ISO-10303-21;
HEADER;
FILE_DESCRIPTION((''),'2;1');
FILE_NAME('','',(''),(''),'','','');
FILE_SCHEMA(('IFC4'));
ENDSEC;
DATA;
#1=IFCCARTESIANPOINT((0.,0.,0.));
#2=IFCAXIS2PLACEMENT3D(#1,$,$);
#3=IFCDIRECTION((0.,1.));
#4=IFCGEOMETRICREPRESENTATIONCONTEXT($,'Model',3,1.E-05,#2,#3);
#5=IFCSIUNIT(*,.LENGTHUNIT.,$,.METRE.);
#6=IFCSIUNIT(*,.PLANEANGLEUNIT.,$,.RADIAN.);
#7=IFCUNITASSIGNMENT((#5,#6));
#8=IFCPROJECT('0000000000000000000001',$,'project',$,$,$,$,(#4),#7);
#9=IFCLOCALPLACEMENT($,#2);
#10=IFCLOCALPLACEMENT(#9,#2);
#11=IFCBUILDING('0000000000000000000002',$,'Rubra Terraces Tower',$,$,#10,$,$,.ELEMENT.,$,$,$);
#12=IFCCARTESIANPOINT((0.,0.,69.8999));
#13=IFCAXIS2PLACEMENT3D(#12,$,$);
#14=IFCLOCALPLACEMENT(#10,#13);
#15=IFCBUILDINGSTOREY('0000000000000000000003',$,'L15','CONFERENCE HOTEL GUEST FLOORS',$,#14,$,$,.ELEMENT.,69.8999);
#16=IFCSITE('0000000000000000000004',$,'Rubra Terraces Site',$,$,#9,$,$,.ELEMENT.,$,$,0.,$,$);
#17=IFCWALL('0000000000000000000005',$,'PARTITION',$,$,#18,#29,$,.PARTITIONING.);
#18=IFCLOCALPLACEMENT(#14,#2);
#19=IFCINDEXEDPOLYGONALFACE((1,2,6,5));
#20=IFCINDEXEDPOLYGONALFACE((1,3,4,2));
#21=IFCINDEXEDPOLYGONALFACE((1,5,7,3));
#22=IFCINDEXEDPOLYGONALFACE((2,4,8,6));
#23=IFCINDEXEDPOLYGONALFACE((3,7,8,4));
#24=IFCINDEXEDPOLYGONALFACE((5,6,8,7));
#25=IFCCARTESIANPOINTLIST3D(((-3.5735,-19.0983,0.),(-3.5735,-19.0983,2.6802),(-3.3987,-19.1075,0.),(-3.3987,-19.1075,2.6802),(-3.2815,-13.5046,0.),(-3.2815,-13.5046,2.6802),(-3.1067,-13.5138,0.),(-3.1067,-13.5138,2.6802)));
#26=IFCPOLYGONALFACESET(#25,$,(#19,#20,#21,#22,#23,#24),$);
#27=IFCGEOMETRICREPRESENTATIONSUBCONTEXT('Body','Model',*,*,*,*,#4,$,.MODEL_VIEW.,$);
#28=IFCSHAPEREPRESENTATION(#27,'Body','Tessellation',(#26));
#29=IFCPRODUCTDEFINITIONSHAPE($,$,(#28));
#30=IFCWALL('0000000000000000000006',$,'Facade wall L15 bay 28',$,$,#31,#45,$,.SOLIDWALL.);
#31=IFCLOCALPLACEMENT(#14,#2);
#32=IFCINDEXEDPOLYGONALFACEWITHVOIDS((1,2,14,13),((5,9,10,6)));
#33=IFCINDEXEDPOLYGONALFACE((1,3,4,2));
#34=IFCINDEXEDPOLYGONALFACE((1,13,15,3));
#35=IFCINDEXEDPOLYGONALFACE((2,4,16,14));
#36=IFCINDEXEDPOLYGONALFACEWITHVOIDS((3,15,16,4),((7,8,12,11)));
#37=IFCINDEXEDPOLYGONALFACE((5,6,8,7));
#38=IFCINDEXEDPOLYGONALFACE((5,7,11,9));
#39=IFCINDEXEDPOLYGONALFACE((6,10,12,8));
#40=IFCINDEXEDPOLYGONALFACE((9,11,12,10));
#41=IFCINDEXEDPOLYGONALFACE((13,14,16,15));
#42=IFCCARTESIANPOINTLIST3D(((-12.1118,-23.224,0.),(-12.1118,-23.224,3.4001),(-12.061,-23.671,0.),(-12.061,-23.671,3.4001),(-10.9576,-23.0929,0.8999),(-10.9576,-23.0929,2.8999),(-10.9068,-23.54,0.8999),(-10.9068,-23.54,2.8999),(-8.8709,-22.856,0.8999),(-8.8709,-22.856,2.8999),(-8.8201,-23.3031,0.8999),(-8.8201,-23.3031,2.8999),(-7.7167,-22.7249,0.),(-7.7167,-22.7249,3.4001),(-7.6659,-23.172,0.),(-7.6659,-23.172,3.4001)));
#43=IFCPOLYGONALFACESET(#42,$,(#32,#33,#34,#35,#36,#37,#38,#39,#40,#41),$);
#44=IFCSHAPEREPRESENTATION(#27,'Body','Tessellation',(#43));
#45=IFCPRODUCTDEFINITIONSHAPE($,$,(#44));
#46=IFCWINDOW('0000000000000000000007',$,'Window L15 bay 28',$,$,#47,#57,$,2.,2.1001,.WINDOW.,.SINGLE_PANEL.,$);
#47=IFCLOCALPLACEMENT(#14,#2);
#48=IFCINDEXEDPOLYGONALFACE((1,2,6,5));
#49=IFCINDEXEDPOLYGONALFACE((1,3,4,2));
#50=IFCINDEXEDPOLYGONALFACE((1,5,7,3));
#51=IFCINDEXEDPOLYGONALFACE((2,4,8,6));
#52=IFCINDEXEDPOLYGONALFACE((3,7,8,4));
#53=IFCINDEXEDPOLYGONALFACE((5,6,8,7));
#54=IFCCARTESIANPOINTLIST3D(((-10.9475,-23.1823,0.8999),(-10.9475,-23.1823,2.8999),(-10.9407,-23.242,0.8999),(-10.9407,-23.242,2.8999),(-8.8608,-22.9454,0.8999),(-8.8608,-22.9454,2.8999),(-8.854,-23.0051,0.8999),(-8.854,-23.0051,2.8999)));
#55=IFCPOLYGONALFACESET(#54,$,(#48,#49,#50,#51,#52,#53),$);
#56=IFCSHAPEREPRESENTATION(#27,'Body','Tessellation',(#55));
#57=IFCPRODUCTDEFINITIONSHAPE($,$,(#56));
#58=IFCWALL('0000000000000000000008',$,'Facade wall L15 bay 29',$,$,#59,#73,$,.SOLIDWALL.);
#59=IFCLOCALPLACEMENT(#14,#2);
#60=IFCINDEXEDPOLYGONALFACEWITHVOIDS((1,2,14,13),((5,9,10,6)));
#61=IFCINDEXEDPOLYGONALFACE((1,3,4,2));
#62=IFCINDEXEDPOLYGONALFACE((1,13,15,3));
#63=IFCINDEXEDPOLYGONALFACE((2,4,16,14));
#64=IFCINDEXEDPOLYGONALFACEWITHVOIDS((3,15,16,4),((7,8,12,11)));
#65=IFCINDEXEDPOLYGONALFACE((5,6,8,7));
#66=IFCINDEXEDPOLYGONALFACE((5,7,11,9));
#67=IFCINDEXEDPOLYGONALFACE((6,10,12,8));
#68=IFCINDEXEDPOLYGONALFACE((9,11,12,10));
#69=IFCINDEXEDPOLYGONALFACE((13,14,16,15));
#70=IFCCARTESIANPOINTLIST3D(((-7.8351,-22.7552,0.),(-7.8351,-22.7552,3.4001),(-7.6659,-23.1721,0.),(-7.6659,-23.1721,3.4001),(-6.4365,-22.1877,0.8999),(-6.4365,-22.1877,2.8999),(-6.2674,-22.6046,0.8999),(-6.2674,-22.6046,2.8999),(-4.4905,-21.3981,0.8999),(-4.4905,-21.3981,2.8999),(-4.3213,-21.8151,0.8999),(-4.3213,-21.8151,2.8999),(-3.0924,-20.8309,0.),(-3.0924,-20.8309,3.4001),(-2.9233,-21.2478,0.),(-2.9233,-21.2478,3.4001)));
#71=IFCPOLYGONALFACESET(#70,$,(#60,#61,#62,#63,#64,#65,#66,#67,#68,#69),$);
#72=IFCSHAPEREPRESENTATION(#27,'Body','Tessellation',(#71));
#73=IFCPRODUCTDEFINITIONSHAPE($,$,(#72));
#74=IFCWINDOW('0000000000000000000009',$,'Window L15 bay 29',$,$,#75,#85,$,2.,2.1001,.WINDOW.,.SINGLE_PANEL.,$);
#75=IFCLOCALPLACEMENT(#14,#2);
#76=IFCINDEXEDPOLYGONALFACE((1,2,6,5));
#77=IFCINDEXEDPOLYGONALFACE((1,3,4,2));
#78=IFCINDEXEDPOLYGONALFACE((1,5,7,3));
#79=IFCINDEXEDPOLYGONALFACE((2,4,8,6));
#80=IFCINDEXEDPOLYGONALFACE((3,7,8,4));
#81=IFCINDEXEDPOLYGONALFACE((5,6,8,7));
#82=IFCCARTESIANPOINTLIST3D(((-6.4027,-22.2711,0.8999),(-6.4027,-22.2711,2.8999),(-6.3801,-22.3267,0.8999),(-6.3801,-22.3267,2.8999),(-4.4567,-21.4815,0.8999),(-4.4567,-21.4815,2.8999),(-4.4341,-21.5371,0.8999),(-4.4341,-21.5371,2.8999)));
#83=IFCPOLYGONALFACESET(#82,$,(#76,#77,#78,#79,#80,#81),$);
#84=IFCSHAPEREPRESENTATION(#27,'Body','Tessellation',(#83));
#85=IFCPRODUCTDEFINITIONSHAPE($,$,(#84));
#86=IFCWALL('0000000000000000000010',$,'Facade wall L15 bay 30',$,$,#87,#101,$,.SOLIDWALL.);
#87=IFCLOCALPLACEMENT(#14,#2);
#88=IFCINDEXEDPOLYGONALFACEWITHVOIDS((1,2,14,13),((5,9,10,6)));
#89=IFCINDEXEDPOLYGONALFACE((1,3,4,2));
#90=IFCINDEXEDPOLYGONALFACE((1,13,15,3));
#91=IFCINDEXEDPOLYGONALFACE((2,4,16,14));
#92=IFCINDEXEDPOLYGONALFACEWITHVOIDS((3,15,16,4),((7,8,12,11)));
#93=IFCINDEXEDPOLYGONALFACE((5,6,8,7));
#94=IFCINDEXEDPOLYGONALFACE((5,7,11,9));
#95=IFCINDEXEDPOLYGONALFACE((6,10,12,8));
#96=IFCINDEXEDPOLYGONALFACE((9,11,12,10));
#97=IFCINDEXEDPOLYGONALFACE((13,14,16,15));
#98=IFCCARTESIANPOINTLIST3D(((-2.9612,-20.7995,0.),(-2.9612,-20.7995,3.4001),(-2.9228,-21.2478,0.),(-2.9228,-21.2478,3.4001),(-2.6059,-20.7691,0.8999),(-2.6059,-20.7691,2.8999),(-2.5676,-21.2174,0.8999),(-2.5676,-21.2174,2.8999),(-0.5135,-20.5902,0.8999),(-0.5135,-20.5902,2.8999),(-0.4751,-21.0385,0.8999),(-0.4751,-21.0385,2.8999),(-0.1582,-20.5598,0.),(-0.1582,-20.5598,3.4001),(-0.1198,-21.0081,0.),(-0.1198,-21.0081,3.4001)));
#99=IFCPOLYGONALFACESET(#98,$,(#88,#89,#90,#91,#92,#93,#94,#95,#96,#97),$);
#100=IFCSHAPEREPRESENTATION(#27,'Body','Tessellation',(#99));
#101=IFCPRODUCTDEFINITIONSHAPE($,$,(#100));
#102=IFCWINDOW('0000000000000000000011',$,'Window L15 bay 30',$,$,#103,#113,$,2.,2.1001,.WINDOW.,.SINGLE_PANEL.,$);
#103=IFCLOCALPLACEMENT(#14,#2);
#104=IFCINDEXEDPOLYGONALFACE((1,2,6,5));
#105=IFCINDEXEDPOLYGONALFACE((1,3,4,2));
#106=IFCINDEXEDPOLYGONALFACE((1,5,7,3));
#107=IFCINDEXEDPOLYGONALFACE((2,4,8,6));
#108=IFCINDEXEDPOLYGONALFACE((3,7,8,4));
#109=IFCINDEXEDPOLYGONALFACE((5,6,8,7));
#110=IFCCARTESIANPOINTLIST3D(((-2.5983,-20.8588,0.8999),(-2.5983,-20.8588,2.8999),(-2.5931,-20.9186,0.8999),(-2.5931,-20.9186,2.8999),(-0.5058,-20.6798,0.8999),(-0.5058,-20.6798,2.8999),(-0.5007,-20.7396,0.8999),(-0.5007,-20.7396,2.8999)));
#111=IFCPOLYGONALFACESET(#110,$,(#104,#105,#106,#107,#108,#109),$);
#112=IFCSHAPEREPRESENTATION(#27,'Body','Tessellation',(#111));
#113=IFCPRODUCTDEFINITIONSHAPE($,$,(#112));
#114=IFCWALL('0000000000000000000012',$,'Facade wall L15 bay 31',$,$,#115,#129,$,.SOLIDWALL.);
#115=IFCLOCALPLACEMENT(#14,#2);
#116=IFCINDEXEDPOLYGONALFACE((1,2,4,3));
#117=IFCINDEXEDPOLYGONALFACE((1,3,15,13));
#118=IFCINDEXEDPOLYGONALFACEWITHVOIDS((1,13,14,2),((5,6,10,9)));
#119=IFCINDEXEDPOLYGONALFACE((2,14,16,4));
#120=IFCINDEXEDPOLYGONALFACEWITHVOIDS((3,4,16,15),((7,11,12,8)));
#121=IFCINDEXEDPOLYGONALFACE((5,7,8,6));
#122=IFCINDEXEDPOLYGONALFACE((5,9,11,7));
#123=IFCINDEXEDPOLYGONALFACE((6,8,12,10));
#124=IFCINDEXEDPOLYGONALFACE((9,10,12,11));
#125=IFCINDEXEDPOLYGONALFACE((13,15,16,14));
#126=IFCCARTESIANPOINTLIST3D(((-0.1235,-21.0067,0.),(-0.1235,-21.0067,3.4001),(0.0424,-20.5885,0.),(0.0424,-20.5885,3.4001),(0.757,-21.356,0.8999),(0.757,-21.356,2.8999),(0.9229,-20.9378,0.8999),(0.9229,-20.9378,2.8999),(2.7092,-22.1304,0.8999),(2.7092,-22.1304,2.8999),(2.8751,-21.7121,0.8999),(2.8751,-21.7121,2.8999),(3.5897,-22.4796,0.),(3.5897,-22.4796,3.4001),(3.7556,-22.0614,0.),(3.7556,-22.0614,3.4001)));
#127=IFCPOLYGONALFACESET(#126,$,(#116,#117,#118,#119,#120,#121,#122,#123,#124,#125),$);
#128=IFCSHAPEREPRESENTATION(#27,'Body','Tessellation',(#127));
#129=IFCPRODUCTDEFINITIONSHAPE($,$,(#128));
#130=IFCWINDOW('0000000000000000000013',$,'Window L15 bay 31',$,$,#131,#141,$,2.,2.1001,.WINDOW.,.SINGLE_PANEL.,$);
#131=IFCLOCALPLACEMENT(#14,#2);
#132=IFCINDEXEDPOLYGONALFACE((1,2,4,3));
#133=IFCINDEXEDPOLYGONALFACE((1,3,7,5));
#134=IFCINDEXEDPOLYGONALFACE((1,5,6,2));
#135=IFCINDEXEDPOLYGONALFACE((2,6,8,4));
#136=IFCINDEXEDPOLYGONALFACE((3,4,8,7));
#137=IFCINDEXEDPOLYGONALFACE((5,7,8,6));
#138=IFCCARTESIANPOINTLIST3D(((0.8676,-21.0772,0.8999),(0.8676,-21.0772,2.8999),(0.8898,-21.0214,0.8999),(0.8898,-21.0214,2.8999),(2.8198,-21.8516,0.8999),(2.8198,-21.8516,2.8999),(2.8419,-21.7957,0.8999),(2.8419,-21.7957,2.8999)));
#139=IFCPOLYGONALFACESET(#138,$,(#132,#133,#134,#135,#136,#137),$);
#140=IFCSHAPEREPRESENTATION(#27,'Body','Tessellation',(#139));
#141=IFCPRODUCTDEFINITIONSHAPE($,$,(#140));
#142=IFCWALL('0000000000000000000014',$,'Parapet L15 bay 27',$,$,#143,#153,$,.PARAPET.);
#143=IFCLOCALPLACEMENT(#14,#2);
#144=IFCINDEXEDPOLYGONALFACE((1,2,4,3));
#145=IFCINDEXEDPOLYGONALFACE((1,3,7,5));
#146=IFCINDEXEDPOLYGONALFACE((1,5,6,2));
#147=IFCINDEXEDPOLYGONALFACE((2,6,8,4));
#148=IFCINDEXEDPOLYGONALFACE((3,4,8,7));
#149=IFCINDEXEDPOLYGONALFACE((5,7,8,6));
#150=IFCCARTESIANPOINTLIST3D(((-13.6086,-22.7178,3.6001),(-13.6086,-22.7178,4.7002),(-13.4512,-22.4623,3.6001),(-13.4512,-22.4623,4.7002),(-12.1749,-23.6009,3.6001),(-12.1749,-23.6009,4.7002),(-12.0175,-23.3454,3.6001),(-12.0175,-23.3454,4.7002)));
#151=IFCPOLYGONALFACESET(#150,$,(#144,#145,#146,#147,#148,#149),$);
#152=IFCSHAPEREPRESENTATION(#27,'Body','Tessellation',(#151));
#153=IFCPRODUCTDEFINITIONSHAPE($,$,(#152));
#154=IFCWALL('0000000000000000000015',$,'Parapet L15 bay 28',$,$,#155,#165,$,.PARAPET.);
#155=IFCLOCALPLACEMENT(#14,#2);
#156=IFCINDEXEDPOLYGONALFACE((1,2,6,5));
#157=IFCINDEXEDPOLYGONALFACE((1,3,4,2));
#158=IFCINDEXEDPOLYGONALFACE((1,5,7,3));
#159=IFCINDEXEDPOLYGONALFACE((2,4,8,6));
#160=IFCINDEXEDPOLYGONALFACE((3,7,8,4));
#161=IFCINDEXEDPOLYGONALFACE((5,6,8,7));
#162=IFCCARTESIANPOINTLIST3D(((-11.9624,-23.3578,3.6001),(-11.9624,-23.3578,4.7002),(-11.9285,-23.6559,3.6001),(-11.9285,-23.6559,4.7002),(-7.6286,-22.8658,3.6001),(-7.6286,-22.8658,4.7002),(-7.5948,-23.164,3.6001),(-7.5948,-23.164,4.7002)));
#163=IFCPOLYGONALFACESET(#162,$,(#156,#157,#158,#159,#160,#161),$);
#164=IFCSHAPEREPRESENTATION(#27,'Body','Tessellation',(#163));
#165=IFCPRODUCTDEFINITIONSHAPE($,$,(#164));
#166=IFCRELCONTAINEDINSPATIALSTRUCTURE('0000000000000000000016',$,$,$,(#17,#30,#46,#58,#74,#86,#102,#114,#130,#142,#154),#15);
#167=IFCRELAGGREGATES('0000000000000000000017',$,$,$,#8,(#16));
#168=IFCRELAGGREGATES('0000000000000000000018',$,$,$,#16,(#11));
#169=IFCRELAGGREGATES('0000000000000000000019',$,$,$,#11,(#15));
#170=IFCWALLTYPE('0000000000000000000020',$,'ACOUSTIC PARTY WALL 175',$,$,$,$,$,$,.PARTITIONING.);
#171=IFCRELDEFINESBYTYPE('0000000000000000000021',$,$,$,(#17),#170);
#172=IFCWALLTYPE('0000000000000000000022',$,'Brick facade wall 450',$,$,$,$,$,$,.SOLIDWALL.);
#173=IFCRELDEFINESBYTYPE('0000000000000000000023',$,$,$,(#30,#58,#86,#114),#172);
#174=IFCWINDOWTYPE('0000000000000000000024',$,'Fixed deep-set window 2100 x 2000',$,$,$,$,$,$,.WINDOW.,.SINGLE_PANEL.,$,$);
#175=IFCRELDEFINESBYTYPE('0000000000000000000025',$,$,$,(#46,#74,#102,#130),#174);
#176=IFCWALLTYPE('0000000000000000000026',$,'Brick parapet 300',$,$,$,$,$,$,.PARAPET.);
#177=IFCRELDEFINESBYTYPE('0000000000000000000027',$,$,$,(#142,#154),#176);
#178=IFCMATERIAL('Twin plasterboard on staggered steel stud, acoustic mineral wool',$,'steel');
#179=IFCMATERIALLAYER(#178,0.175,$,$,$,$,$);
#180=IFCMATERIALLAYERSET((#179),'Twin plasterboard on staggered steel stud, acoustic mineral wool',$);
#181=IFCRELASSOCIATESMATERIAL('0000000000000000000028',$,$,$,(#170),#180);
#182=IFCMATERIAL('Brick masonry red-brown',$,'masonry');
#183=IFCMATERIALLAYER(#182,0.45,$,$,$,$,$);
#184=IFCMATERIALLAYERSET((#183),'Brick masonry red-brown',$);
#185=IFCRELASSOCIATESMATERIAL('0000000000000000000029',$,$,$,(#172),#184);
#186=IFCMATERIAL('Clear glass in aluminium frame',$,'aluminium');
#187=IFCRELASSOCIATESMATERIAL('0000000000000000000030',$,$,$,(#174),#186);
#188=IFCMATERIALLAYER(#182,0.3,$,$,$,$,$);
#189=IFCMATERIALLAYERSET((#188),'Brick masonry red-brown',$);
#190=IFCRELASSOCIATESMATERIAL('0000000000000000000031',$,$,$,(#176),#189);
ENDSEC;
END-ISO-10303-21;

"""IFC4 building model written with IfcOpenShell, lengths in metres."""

from ifc_helpers import new_model, si_unit, direction, frame, frame_2d, origin, place, context, subcontext, project, spatial, rectangle, extrude, material, layer, layer_set, type_object, element, fill, save


model = new_model("IFC4")

# Units and contexts
model_context = context("Model", 3, precision=1e-05, world=origin(), true_north=direction((0.0, 1.0)))
body_context = subcontext(model_context, "Body", "Model", "MODEL_VIEW")
ifc_project = project(units=[si_unit("LENGTHUNIT", "METRE"), si_unit("PLANEANGLEUNIT", "RADIAN")], contexts=[model_context])

# Site, building, storey
site_placement = place(None, origin())
site = spatial("IfcSite", under=ifc_project, at=site_placement, Name="Rubra Terraces Site", CompositionType="ELEMENT", RefElevation=0.0)
building_placement = place(site_placement, origin())
building = spatial("IfcBuilding", under=site, at=building_placement, Name="Rubra Terraces Tower", CompositionType="ELEMENT")
storey_placement = place(building_placement, frame((0.0, 0.0, 69.8999)))
storey = spatial("IfcBuildingStorey", under=building, at=storey_placement, Name="L15", Description="CONFERENCE HOTEL GUEST FLOORS", CompositionType="ELEMENT", Elevation=69.8999)

# Wall
ifc_material_1 = material(Name="Twin plasterboard on staggered steel stud, acoustic mineral wool", Category="steel")
ifc_layer_1 = layer(ifc_material_1, 0.175)
ifc_layer_set_1 = layer_set([ifc_layer_1], Name="Twin plasterboard on staggered steel stud, acoustic mineral wool")
wall_type_1 = type_object("IfcWallType", Name="ACOUSTIC PARTY WALL 175", PredefinedType="PARTITIONING", material=ifc_layer_set_1)
wall_1_placement = place(storey_placement, frame((-3.4861, -19.103, 0.0), z_axis=(0.0, 0.0, 1.0), x_axis=(0.052129, 0.99864, 0.0)))
element("IfcWall", 1, at=wall_1_placement, inside=storey, type_object=wall_type_1, Name="PARTITION", PredefinedType="PARTITIONING", context=body_context, shape_type="SweptSolid", body=[
    extrude(rectangle(XDim=5.6013, YDim=0.175, at=frame_2d((2.8008, 0.0))), origin(), (0.0, 0.0, 1.0), 2.6802),
])

# Walls, openings, windows
ifc_material_2 = material(Name="Brick masonry red-brown", Category="masonry")
ifc_layer_2 = layer(ifc_material_2, 0.45)
ifc_layer_set_2 = layer_set([ifc_layer_2], Name="Brick masonry red-brown")
wall_type_2 = type_object("IfcWallType", Name="Brick facade wall 450", PredefinedType="SOLIDWALL", material=ifc_layer_set_2)
wall_2_placement = place(storey_placement, frame((-12.0864, -23.4475, 0.0), z_axis=(0.0, 0.0, 1.0), x_axis=(0.993616, 0.112818, 0.0)))
wall_2 = element("IfcWall", 2, at=wall_2_placement, inside=storey, type_object=wall_type_2, Name="Facade wall L15 bay 28", PredefinedType="SOLIDWALL", context=body_context, shape_type="SweptSolid", body=[
    extrude(rectangle(XDim=4.4233, YDim=0.45, at=frame_2d((2.2117, 0.0))), origin(), (0.0, 0.0, 1.0), 3.4001),
])
opening_1_placement = place(wall_2_placement, frame((1.1616, 0.0, 0.8999)))
opening_1 = element("IfcOpeningElement", 3, at=opening_1_placement, cuts=wall_2, PredefinedType="OPENING", context=body_context, shape_type="SweptSolid", body=[
    extrude(rectangle(XDim=2.1001, YDim=2.0, at=frame_2d((1.05, 1.0))), frame((0.0, 0.2349, 0.0), z_axis=(0.0, -1.0, 0.0), x_axis=(1.0, 0.0, 0.0)), (0.0, 0.0, 1.0), 0.47),
])
ifc_material_3 = material(Name="Clear glass in aluminium frame", Category="aluminium")
window_type = type_object("IfcWindowType", Name="Fixed deep-set window 2100 x 2000", PartitioningType="SINGLE_PANEL", PredefinedType="WINDOW", material=ifc_material_3)
window_1_placement = place(opening_1_placement, origin())
window_1 = element("IfcWindow", 4, at=window_1_placement, inside=storey, type_object=window_type, Name="Window L15 bay 28", OverallHeight=2.0, OverallWidth=2.1001, PartitioningType="SINGLE_PANEL", PredefinedType="WINDOW", context=body_context, shape_type="SweptSolid", body=[
    extrude(rectangle(XDim=2.1001, YDim=2.0, at=frame_2d((1.05, 1.0))), frame((0.0, 0.135, 0.0), z_axis=(0.0, -1.0, 0.0), x_axis=(1.0, 0.0, 0.0)), (0.0, 0.0, 1.0), 0.0601),
])
fill(opening_1, window_1)
wall_3_placement = place(storey_placement, frame((-7.7505, -22.9636, 0.0), z_axis=(0.0, 0.0, 1.0), x_axis=(0.92663, 0.375975, 0.0)))
wall_3 = element("IfcWall", 5, at=wall_3_placement, inside=storey, type_object=wall_type_2, Name="Facade wall L15 bay 29", PredefinedType="SOLIDWALL", context=body_context, shape_type="SweptSolid", body=[
    extrude(rectangle(XDim=5.1182, YDim=0.45, at=frame_2d((2.5591, 0.0))), origin(), (0.0, 0.0, 1.0), 3.4001),
])
opening_2_placement = place(wall_3_placement, frame((1.5093, 0.0, 0.8999)))
opening_2 = element("IfcOpeningElement", 6, at=opening_2_placement, cuts=wall_3, PredefinedType="OPENING", context=body_context, shape_type="SweptSolid", body=[
    extrude(rectangle(XDim=2.1001, YDim=2.0, at=frame_2d((1.05, 1.0))), frame((0.0, 0.2349, 0.0), z_axis=(0.0, -1.0, 0.0), x_axis=(1.0, 0.0, 0.0)), (0.0, 0.0, 1.0), 0.47),
])
window_2_placement = place(opening_2_placement, origin())
window_2 = element("IfcWindow", 7, at=window_2_placement, inside=storey, type_object=window_type, Name="Window L15 bay 29", OverallHeight=2.0, OverallWidth=2.1001, PartitioningType="SINGLE_PANEL", PredefinedType="WINDOW", context=body_context, shape_type="SweptSolid", body=[
    extrude(rectangle(XDim=2.1001, YDim=2.0, at=frame_2d((1.05, 1.0))), frame((0.0, 0.135, 0.0), z_axis=(0.0, -1.0, 0.0), x_axis=(1.0, 0.0, 0.0)), (0.0, 0.0, 1.0), 0.0601),
])
fill(opening_2, window_2)
wall_4_placement = place(storey_placement, frame((-2.9421, -21.0237, 0.0), z_axis=(0.0, 0.0, 1.0), x_axis=(0.996362, 0.085221, 0.0)))
wall_4 = element("IfcWall", 8, at=wall_4_placement, inside=storey, type_object=wall_type_2, Name="Facade wall L15 bay 30", PredefinedType="SOLIDWALL", context=body_context, shape_type="SweptSolid", body=[
    extrude(rectangle(XDim=2.8132, YDim=0.45, at=frame_2d((1.4067, 0.0))), origin(), (0.0, 0.0, 1.0), 3.4001),
])
opening_3_placement = place(wall_4_placement, frame((0.3567, 0.0, 0.8999)))
opening_3 = element("IfcOpeningElement", 9, at=opening_3_placement, cuts=wall_4, PredefinedType="OPENING", context=body_context, shape_type="SweptSolid", body=[
    extrude(rectangle(XDim=2.1001, YDim=2.0, at=frame_2d((1.05, 1.0))), frame((0.0, 0.2349, 0.0), z_axis=(0.0, -1.0, 0.0), x_axis=(1.0, 0.0, 0.0)), (0.0, 0.0, 1.0), 0.47),
])
window_3_placement = place(opening_3_placement, origin())
window_3 = element("IfcWindow", 10, at=window_3_placement, inside=storey, type_object=window_type, Name="Window L15 bay 30", OverallHeight=2.0, OverallWidth=2.1001, PartitioningType="SINGLE_PANEL", PredefinedType="WINDOW", context=body_context, shape_type="SweptSolid", body=[
    extrude(rectangle(XDim=2.1001, YDim=2.0, at=frame_2d((1.05, 1.0))), frame((0.0, 0.135, 0.0), z_axis=(0.0, -1.0, 0.0), x_axis=(1.0, 0.0, 0.0)), (0.0, 0.0, 1.0), 0.0601),
])
fill(opening_3, window_3)
wall_5_placement = place(storey_placement, frame((-0.0405, -20.7976, 0.0), z_axis=(0.0, 0.0, 1.0), x_axis=(0.929539, -0.368723, 0.0)))
wall_5 = element("IfcWall", 11, at=wall_5_placement, inside=storey, type_object=wall_type_2, Name="Facade wall L15 bay 31", PredefinedType="SOLIDWALL", context=body_context, shape_type="SweptSolid", body=[
    extrude(rectangle(XDim=3.9946, YDim=0.45, at=frame_2d((1.9973, 0.0))), origin(), (0.0, 0.0, 1.0), 3.4001),
])
opening_4_placement = place(wall_5_placement, frame((0.9473, 0.0, 0.8999)))
opening_4 = element("IfcOpeningElement", 12, at=opening_4_placement, cuts=wall_5, PredefinedType="OPENING", context=body_context, shape_type="SweptSolid", body=[
    extrude(rectangle(XDim=2.1001, YDim=2.0, at=frame_2d((1.05, 1.0))), frame((0.0, 0.2349, 0.0), z_axis=(0.0, -1.0, 0.0), x_axis=(1.0, 0.0, 0.0)), (0.0, 0.0, 1.0), 0.47),
])
window_4_placement = place(opening_4_placement, origin())
window_4 = element("IfcWindow", 13, at=window_4_placement, inside=storey, type_object=window_type, Name="Window L15 bay 31", OverallHeight=2.0, OverallWidth=2.1001, PartitioningType="SINGLE_PANEL", PredefinedType="WINDOW", context=body_context, shape_type="SweptSolid", body=[
    extrude(rectangle(XDim=2.1001, YDim=2.0, at=frame_2d((1.05, 1.0))), frame((0.0, 0.135, 0.0), z_axis=(0.0, -1.0, 0.0), x_axis=(1.0, 0.0, 0.0)), (0.0, 0.0, 1.0), 0.0601),
])
fill(opening_4, window_4)

# Walls
ifc_layer_3 = layer(ifc_material_2, 0.3)
ifc_layer_set_3 = layer_set([ifc_layer_3], Name="Brick masonry red-brown")
wall_type_3 = type_object("IfcWallType", Name="Brick parapet 300", PredefinedType="PARAPET", material=ifc_layer_set_3)
wall_6_placement = place(storey_placement, frame((-13.5298, -22.5901, 3.6001), z_axis=(0.0, 0.0, 1.0), x_axis=(0.851434, -0.524461, 0.0)))
element("IfcWall", 14, at=wall_6_placement, inside=storey, type_object=wall_type_3, Name="Parapet L15 bay 27", PredefinedType="PARAPET", context=body_context, shape_type="SweptSolid", body=[
    extrude(rectangle(XDim=1.6838, YDim=0.3, at=frame_2d((0.8418, 0.0))), origin(), (0.0, 0.0, 1.0), 1.1001),
])
wall_7_placement = place(storey_placement, frame((-11.9453, -23.5068, 3.6001), z_axis=(0.0, 0.0, 1.0), x_axis=(0.993619, 0.11279, 0.0)))
element("IfcWall", 15, at=wall_7_placement, inside=storey, type_object=wall_type_3, Name="Parapet L15 bay 28", PredefinedType="PARAPET", context=body_context, shape_type="SweptSolid", body=[
    extrude(rectangle(XDim=4.3616, YDim=0.3, at=frame_2d((2.1807, 0.0))), origin(), (0.0, 0.0, 1.0), 1.1001),
])

save(model, "model.ifc")
